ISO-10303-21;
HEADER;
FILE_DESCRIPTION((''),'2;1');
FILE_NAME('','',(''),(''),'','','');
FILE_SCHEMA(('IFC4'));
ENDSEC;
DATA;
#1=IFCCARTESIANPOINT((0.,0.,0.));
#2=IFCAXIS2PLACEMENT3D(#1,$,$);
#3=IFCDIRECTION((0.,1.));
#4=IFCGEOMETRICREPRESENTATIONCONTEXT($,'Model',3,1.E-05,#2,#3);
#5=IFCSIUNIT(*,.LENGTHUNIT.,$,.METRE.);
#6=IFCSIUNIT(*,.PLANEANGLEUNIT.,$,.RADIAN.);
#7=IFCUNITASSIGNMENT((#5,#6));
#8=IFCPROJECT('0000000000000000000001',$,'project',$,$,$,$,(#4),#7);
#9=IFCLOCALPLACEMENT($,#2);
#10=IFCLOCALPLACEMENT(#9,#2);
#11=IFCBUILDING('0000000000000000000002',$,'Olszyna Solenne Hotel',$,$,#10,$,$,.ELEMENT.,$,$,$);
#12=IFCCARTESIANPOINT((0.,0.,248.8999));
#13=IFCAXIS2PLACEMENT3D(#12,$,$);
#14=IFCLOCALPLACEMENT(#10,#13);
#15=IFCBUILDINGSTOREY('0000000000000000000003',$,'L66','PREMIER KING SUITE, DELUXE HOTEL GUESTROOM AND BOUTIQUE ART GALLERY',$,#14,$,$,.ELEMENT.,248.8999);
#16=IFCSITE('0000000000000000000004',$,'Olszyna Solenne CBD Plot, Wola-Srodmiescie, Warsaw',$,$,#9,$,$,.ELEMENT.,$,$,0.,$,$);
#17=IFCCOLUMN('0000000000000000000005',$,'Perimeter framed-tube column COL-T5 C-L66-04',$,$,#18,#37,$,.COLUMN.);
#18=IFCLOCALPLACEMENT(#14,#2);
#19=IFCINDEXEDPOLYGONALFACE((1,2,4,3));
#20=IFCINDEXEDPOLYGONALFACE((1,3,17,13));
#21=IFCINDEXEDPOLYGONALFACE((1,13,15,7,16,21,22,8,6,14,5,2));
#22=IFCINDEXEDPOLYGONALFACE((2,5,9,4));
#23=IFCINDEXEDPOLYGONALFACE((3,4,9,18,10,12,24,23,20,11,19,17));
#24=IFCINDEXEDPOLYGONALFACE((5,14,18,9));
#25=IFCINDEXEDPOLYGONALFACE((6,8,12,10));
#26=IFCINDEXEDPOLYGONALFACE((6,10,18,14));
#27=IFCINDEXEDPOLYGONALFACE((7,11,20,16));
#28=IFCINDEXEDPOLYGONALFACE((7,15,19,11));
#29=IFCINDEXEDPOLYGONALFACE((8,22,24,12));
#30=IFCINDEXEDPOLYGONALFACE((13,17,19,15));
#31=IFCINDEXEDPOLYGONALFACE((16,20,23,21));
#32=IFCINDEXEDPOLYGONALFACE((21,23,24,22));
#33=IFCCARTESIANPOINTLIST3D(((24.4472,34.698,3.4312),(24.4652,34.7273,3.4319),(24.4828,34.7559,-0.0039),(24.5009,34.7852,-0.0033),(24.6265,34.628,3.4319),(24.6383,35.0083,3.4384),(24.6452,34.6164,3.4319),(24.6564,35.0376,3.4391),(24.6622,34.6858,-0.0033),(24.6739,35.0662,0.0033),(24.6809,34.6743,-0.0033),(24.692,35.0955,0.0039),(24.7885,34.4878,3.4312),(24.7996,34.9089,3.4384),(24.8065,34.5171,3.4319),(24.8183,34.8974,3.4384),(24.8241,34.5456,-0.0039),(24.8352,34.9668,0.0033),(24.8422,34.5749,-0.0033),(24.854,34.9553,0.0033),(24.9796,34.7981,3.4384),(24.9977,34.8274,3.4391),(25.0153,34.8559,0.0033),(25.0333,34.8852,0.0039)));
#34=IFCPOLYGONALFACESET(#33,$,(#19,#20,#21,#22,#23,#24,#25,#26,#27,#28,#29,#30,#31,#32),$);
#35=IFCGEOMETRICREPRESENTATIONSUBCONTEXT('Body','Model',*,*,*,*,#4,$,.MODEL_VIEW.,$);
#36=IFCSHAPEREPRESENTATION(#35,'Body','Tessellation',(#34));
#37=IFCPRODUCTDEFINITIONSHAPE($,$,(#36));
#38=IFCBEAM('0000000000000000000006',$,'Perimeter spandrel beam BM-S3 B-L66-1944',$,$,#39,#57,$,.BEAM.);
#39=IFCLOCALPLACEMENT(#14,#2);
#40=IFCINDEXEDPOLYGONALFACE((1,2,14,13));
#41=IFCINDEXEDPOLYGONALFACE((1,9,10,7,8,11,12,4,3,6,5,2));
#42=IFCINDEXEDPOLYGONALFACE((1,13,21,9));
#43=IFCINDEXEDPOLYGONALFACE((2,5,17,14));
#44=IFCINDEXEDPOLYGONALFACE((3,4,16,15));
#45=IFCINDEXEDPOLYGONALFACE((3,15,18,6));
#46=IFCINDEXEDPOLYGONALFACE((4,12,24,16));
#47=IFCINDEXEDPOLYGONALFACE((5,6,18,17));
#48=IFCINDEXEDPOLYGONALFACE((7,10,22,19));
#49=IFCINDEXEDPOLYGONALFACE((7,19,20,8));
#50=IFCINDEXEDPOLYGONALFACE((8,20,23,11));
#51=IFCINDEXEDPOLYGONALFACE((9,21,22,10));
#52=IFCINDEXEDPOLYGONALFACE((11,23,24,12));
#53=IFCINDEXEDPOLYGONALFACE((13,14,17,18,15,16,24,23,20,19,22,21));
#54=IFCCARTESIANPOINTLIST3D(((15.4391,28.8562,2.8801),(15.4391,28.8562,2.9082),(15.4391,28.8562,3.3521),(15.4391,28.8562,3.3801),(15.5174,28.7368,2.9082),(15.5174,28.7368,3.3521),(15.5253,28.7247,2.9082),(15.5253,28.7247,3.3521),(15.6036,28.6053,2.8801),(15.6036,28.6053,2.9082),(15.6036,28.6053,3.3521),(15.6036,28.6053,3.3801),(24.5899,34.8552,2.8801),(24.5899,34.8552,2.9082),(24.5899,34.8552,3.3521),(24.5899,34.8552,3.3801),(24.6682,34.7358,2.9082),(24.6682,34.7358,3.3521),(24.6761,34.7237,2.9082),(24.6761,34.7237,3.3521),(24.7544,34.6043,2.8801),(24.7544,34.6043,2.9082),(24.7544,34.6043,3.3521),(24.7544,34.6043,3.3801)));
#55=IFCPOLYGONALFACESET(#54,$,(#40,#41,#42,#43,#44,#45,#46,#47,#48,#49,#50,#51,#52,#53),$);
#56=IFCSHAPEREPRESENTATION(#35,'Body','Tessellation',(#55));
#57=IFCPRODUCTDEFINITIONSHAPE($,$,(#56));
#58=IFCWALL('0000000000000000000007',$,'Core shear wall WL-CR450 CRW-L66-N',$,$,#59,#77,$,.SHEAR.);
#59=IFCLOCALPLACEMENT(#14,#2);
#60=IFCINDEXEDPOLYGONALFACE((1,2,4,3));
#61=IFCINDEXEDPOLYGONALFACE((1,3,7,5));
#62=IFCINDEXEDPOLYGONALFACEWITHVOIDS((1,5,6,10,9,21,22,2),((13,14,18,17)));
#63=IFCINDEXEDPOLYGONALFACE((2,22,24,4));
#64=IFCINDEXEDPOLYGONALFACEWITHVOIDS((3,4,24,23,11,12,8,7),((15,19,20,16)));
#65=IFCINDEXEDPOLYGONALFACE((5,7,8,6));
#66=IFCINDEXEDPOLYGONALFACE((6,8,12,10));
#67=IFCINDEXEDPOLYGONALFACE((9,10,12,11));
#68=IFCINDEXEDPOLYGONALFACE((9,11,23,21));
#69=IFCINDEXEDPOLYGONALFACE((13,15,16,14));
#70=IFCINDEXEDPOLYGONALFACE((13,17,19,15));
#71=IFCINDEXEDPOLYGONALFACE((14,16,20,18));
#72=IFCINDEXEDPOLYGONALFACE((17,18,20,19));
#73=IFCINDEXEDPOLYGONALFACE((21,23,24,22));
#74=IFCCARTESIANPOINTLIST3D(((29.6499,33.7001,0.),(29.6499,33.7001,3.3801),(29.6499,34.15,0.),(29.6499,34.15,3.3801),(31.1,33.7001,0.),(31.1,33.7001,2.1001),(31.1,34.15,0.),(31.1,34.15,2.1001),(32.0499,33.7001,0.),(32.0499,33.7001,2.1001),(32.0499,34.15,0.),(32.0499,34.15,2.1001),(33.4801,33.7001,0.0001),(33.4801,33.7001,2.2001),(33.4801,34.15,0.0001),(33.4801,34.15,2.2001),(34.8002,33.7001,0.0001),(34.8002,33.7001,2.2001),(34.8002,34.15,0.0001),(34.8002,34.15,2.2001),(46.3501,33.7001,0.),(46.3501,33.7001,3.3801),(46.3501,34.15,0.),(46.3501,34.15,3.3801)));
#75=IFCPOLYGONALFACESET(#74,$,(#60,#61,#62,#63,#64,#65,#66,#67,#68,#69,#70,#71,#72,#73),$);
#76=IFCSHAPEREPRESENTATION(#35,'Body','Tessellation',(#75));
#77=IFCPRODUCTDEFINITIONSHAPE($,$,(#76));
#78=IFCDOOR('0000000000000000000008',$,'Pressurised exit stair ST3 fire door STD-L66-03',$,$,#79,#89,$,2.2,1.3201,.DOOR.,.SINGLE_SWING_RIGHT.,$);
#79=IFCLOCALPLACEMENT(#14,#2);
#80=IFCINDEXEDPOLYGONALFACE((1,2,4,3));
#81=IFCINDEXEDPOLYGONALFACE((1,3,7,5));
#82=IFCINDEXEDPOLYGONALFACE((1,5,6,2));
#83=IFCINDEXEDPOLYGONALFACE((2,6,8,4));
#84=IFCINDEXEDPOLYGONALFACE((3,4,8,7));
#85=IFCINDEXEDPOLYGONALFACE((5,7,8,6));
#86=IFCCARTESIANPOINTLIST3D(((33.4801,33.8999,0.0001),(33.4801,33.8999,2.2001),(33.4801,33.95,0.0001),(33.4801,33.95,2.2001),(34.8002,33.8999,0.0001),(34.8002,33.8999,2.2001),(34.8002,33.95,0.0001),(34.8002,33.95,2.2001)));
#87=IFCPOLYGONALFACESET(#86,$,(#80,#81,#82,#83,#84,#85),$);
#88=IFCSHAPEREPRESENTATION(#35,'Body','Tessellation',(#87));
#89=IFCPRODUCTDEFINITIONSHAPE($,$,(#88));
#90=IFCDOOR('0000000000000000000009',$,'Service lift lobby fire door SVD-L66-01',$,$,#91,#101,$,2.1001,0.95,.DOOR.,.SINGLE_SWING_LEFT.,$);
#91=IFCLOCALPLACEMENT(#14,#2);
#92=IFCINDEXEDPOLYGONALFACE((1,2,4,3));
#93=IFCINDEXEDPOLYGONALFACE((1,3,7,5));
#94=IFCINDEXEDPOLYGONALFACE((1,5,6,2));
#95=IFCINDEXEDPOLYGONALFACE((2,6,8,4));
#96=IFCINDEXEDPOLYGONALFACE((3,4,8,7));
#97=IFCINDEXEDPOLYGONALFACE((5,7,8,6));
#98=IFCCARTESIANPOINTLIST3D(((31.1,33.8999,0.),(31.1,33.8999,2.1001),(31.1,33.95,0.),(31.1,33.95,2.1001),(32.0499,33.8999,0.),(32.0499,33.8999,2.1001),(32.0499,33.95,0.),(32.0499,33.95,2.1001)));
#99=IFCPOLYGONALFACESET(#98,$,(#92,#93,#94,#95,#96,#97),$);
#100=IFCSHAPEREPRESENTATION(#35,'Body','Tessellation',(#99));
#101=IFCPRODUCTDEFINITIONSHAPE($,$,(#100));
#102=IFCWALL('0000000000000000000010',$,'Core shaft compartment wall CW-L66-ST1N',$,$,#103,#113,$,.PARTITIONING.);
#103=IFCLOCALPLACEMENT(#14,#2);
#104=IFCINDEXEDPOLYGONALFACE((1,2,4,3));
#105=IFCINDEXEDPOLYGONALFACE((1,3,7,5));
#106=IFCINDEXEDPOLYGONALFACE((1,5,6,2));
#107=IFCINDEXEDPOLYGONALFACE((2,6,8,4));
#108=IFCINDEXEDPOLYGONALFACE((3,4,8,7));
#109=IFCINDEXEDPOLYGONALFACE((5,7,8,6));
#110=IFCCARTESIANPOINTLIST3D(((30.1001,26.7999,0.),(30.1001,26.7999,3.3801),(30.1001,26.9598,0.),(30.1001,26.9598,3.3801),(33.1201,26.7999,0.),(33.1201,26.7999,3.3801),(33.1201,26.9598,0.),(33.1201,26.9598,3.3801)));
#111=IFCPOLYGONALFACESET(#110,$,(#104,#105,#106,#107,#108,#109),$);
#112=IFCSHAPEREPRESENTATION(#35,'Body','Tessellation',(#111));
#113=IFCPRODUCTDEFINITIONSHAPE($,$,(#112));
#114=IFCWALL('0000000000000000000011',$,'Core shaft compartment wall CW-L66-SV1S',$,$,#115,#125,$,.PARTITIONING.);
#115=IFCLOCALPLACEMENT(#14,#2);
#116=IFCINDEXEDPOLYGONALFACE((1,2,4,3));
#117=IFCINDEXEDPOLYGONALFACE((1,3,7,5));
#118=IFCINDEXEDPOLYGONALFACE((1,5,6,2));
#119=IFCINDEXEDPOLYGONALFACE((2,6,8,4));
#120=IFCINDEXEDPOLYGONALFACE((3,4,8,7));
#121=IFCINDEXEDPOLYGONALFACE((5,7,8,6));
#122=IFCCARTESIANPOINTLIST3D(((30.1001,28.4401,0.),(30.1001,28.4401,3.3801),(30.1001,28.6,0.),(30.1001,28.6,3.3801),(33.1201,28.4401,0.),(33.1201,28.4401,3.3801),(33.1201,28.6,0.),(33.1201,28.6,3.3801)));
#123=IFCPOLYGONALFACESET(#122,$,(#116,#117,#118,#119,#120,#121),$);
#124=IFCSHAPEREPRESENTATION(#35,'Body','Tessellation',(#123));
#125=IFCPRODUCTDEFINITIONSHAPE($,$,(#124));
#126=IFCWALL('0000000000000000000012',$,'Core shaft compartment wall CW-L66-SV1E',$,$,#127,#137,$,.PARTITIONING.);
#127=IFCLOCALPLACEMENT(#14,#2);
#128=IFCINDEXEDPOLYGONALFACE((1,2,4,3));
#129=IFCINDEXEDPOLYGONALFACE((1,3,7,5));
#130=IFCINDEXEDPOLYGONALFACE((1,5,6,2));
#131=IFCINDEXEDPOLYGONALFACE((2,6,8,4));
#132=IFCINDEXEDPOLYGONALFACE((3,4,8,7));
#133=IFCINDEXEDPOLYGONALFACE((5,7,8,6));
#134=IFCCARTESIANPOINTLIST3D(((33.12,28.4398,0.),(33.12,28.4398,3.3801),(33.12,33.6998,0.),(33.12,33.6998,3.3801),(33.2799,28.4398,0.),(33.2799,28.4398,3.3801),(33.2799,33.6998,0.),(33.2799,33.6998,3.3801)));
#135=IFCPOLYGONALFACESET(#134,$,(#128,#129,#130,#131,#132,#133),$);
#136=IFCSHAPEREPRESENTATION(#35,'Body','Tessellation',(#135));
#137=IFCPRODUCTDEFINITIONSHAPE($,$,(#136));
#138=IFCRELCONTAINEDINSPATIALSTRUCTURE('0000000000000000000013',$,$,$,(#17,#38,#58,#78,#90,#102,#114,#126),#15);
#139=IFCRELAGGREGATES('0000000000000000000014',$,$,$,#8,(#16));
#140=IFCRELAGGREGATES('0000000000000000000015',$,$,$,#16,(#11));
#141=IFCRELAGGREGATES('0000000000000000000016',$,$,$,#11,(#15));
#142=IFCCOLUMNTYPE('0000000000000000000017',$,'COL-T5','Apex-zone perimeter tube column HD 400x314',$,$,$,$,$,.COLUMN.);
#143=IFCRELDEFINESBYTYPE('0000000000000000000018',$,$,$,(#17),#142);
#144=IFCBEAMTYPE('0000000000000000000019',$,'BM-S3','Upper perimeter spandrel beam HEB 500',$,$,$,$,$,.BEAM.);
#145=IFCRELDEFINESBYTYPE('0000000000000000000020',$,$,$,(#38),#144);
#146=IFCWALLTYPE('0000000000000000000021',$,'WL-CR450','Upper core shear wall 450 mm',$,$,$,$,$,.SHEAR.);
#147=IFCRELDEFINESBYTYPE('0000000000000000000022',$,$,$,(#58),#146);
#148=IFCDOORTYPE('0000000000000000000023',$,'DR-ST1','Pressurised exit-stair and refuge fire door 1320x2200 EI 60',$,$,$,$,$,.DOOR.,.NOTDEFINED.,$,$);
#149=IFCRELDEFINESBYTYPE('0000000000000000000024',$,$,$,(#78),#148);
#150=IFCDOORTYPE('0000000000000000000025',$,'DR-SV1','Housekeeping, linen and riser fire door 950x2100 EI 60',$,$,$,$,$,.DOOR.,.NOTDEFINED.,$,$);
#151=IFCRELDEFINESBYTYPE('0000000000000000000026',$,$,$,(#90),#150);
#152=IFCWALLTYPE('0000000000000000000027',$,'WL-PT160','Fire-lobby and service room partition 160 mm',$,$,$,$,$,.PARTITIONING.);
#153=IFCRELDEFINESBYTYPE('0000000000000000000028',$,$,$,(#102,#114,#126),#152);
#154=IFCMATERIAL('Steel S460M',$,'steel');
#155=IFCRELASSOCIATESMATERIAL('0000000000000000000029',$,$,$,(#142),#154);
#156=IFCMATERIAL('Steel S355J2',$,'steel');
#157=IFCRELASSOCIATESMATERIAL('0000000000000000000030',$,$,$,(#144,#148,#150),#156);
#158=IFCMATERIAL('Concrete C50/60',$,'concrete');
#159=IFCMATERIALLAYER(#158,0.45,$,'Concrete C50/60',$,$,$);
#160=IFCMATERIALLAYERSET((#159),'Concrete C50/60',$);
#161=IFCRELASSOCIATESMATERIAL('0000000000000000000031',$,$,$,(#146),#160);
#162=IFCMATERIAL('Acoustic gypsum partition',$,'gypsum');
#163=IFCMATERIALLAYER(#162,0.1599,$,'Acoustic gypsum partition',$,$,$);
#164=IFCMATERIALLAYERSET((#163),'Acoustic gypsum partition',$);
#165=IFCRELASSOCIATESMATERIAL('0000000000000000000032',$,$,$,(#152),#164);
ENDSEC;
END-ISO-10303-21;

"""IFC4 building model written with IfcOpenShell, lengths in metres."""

from ifc_helpers import new_model, si_unit, direction, frame, frame_2d, origin, origin_2d, place, context, subcontext, project, spatial, rectangle, i_section, extrude, source, transform, mapped, material, layer, layer_set, material_profile, profile_set, type_object, type_shapes, element, fill, save


model = new_model("IFC4")

# Units and contexts
model_context = context("Model", 3, precision=1e-05, world=origin(), true_north=direction((0.0, 1.0)))
body_context = subcontext(model_context, "Body", "Model", "MODEL_VIEW")
ifc_project = project(units=[si_unit("LENGTHUNIT", "METRE"), si_unit("PLANEANGLEUNIT", "RADIAN")], contexts=[model_context])

# Site, building, storey
site_placement = place(None, origin())
site = spatial("IfcSite", under=ifc_project, at=site_placement, Name="Olszyna Solenne CBD Plot, Wola-Srodmiescie, Warsaw", CompositionType="ELEMENT", RefElevation=0.0)
building_placement = place(site_placement, origin())
building = spatial("IfcBuilding", under=site, at=building_placement, Name="Olszyna Solenne Hotel", CompositionType="ELEMENT")
storey_placement = place(building_placement, frame((0.0, 0.0, 248.8999)))
storey = spatial("IfcBuildingStorey", under=building, at=storey_placement, Name="L66", Description="PREMIER KING SUITE, DELUXE HOTEL GUESTROOM AND BOUTIQUE ART GALLERY", CompositionType="ELEMENT", Elevation=248.8999)

# Column
ifc_material_1 = material(Name="Steel S460M", Category="steel")
ifc_material_profile_1 = material_profile(ifc_material_1, i_section(OverallWidth=0.4009, OverallDepth=0.3989, WebThickness=0.022, FlangeThickness=0.0344, at=origin_2d()), Name="HD 400x314", Category="load-bearing")
ifc_profile_set_1 = profile_set([ifc_material_profile_1], Name="Steel S460M")
column_type = type_object("IfcColumnType", Name="COL-T5", Description="Apex-zone perimeter tube column HD 400x314", PredefinedType="COLUMN", material=ifc_profile_set_1)
shared_shape_1 = source(origin(), body_context, "Body", "SweptSolid", [
    extrude(i_section(OverallWidth=0.4009, OverallDepth=0.3989, WebThickness=0.022, FlangeThickness=0.0344, at=origin_2d()), origin(), (0.0, 0.0, 1.0), 3.4358),
])
column_placement = place(storey_placement, frame((24.7581, 34.8206, 0.0), z_axis=(-0.010375, -0.016841, 0.999804), x_axis=(0.851412, -0.524498, 0.0)))
element("IfcColumn", 1, at=column_placement, inside=storey, type_object=column_type, Name="Perimeter framed-tube column COL-T5 C-L66-04", PredefinedType="COLUMN", context=body_context, shape_type="MappedRepresentation", body=[
    mapped(shared_shape_1, transform((0.0, 0.0, 0.0), x_axis=(1.0, 0.0, 0.0), y_axis=(0.0, 1.0, 0.0), z_axis=(0.0, 0.0, 1.0), scale=1.0)),
])

# Beam
ifc_material_2 = material(Name="Steel S355J2", Category="steel")
ifc_material_profile_2 = material_profile(ifc_material_2, i_section(OverallWidth=0.3, OverallDepth=0.5, WebThickness=0.0144, FlangeThickness=0.0281, at=origin_2d()), Name="HEB 500", Category="load-bearing")
ifc_profile_set_2 = profile_set([ifc_material_profile_2], Name="Steel S355J2")
beam_type = type_object("IfcBeamType", Name="BM-S3", Description="Upper perimeter spandrel beam HEB 500", PredefinedType="BEAM", material=ifc_profile_set_2)
shared_shape_2 = source(origin(), body_context, "Body", "SweptSolid", [
    extrude(i_section(OverallWidth=0.3, OverallDepth=0.5, WebThickness=0.0144, FlangeThickness=0.0281, at=origin_2d()), origin(), (0.0, 0.0, 1.0), 10.9419),
])
beam_placement = place(storey_placement, frame((24.6721, 34.7297, 3.1301), z_axis=(-0.836309, -0.548258, 0.0), x_axis=(0.548258, -0.836309, 0.0)))
element("IfcBeam", 2, at=beam_placement, inside=storey, type_object=beam_type, Name="Perimeter spandrel beam BM-S3 B-L66-1944", PredefinedType="BEAM", context=body_context, shape_type="MappedRepresentation", body=[
    mapped(shared_shape_2, transform((0.0, 0.0, 0.0), x_axis=(1.0, 0.0, 0.0), y_axis=(0.0, 1.0, 0.0), z_axis=(0.0, 0.0, 1.0), scale=1.0)),
])

# Wall, openings, doors
ifc_material_3 = material(Name="Concrete C50/60", Category="concrete")
ifc_layer_1 = layer(ifc_material_3, 0.45, Name="Concrete C50/60")
ifc_layer_set_1 = layer_set([ifc_layer_1], Name="Concrete C50/60")
wall_type_1 = type_object("IfcWallType", Name="WL-CR450", Description="Upper core shear wall 450 mm", PredefinedType="SHEAR", material=ifc_layer_set_1)
wall_1_placement = place(storey_placement, frame((29.6499, 33.925, 0.0), z_axis=(0.0, 0.0, 1.0), x_axis=(1.0, 0.0, 0.0)))
wall_1 = element("IfcWall", 3, at=wall_1_placement, inside=storey, type_object=wall_type_1, Name="Core shear wall WL-CR450 CRW-L66-N", PredefinedType="SHEAR", context=body_context, shape_type="SweptSolid", body=[
    extrude(rectangle(XDim=16.7002, YDim=0.45, at=frame_2d((8.3501, 0.0))), origin(), (0.0, 0.0, 1.0), 3.3801),
])
opening_1_placement = place(wall_1_placement, frame((1.45, 0.0, 0.0)))
opening_1 = element("IfcOpeningElement", 4, at=opening_1_placement, cuts=wall_1, PredefinedType="OPENING", context=body_context, shape_type="SweptSolid", body=[
    extrude(rectangle(XDim=0.95, YDim=2.1001, at=frame_2d((0.4751, 1.05))), frame((0.0, 0.2349, 0.0), z_axis=(0.0, -1.0, 0.0), x_axis=(1.0, 0.0, 0.0)), (0.0, 0.0, 1.0), 0.47),
])
opening_2_placement = place(wall_1_placement, frame((3.8301, 0.0, 0.0)))
opening_2 = element("IfcOpeningElement", 5, at=opening_2_placement, cuts=wall_1, PredefinedType="OPENING", context=body_context, shape_type="SweptSolid", body=[
    extrude(rectangle(XDim=1.3201, YDim=2.2, at=frame_2d((0.6602, 1.1001))), frame((0.0, 0.2349, 0.0), z_axis=(0.0, -1.0, 0.0), x_axis=(1.0, 0.0, 0.0)), (0.0, 0.0, 1.0), 0.47),
])
door_type_1 = type_object("IfcDoorType", Name="DR-ST1", Description="Pressurised exit-stair and refuge fire door 1320x2200 EI 60", OperationType="NOTDEFINED", PredefinedType="DOOR", material=ifc_material_2)
shared_shape_3 = source(origin(), body_context, "Body", "SweptSolid", [
    extrude(rectangle(XDim=1.3201, YDim=2.2, at=frame_2d((0.6602, 1.1001))), frame((0.0, 0.0249, 0.0), z_axis=(0.0, -1.0, 0.0), x_axis=(1.0, 0.0, 0.0)), (0.0, 0.0, 1.0), 0.05),
])
type_shapes(door_type_1, [shared_shape_3])
door_1_placement = place(opening_2_placement, origin())
door_1 = element("IfcDoor", 6, at=door_1_placement, inside=storey, type_object=door_type_1, Name="Pressurised exit stair ST3 fire door STD-L66-03", OperationType="SINGLE_SWING_RIGHT", OverallHeight=2.2, OverallWidth=1.3201, PredefinedType="DOOR", context=body_context, shape_type="MappedRepresentation", body=[
    mapped(shared_shape_3, transform((0.0, 0.0, 0.0), x_axis=(1.0, 0.0, 0.0), y_axis=(0.0, 1.0, 0.0), z_axis=(0.0, 0.0, 1.0), scale=1.0)),
])
fill(opening_2, door_1)
door_type_2 = type_object("IfcDoorType", Name="DR-SV1", Description="Housekeeping, linen and riser fire door 950x2100 EI 60", OperationType="NOTDEFINED", PredefinedType="DOOR", material=ifc_material_2)
shared_shape_4 = source(origin(), body_context, "Body", "SweptSolid", [
    extrude(rectangle(XDim=0.95, YDim=2.1001, at=frame_2d((0.4751, 1.05))), frame((0.0, 0.0249, 0.0), z_axis=(0.0, -1.0, 0.0), x_axis=(1.0, 0.0, 0.0)), (0.0, 0.0, 1.0), 0.05),
])
type_shapes(door_type_2, [shared_shape_4])
door_2_placement = place(opening_1_placement, origin())
door_2 = element("IfcDoor", 7, at=door_2_placement, inside=storey, type_object=door_type_2, Name="Service lift lobby fire door SVD-L66-01", OperationType="SINGLE_SWING_LEFT", OverallHeight=2.1001, OverallWidth=0.95, PredefinedType="DOOR", context=body_context, shape_type="MappedRepresentation", body=[
    mapped(shared_shape_4, transform((0.0, 0.0, 0.0), x_axis=(1.0, 0.0, 0.0), y_axis=(0.0, 1.0, 0.0), z_axis=(0.0, 0.0, 1.0), scale=1.0)),
])
fill(opening_1, door_2)

# Walls
ifc_material_4 = material(Name="Acoustic gypsum partition", Category="gypsum")
ifc_layer_2 = layer(ifc_material_4, 0.1599, Name="Acoustic gypsum partition")
ifc_layer_set_2 = layer_set([ifc_layer_2], Name="Acoustic gypsum partition")
wall_type_2 = type_object("IfcWallType", Name="WL-PT160", Description="Fire-lobby and service room partition 160 mm", PredefinedType="PARTITIONING", material=ifc_layer_set_2)
for number, where, z_axis, x_axis, name in (
    (8, (30.1001, 26.8799, 0.0), (0.0, 0.0, 1.0), (1.0, 0.0, 0.0), "Core shaft compartment wall CW-L66-ST1N"),
    (9, (30.1001, 28.52, 0.0), (0.0, 0.0, 1.0), (1.0, 0.0, 0.0), "Core shaft compartment wall CW-L66-SV1S"),
):
    element("IfcWall", number, at=place(storey_placement, frame(where, z_axis=z_axis, x_axis=x_axis)), inside=storey, type_object=wall_type_2, Name=name, PredefinedType="PARTITIONING", context=body_context, shape_type="SweptSolid", body=[
        extrude(rectangle(XDim=3.02, YDim=0.1599, at=frame_2d((1.51, 0.0))), origin(), (0.0, 0.0, 1.0), 3.3801),
    ])
wall_2_placement = place(storey_placement, frame((33.2, 28.4399, 0.0), z_axis=(0.0, 0.0, 1.0), x_axis=(0.0, 1.0, 0.0)))
element("IfcWall", 10, at=wall_2_placement, inside=storey, type_object=wall_type_2, Name="Core shaft compartment wall CW-L66-SV1E", PredefinedType="PARTITIONING", context=body_context, shape_type="SweptSolid", body=[
    extrude(rectangle(XDim=5.26, YDim=0.1599, at=frame_2d((2.6299, 0.0))), origin(), (0.0, 0.0, 1.0), 3.3801),
])

save(model, "model.ifc")
